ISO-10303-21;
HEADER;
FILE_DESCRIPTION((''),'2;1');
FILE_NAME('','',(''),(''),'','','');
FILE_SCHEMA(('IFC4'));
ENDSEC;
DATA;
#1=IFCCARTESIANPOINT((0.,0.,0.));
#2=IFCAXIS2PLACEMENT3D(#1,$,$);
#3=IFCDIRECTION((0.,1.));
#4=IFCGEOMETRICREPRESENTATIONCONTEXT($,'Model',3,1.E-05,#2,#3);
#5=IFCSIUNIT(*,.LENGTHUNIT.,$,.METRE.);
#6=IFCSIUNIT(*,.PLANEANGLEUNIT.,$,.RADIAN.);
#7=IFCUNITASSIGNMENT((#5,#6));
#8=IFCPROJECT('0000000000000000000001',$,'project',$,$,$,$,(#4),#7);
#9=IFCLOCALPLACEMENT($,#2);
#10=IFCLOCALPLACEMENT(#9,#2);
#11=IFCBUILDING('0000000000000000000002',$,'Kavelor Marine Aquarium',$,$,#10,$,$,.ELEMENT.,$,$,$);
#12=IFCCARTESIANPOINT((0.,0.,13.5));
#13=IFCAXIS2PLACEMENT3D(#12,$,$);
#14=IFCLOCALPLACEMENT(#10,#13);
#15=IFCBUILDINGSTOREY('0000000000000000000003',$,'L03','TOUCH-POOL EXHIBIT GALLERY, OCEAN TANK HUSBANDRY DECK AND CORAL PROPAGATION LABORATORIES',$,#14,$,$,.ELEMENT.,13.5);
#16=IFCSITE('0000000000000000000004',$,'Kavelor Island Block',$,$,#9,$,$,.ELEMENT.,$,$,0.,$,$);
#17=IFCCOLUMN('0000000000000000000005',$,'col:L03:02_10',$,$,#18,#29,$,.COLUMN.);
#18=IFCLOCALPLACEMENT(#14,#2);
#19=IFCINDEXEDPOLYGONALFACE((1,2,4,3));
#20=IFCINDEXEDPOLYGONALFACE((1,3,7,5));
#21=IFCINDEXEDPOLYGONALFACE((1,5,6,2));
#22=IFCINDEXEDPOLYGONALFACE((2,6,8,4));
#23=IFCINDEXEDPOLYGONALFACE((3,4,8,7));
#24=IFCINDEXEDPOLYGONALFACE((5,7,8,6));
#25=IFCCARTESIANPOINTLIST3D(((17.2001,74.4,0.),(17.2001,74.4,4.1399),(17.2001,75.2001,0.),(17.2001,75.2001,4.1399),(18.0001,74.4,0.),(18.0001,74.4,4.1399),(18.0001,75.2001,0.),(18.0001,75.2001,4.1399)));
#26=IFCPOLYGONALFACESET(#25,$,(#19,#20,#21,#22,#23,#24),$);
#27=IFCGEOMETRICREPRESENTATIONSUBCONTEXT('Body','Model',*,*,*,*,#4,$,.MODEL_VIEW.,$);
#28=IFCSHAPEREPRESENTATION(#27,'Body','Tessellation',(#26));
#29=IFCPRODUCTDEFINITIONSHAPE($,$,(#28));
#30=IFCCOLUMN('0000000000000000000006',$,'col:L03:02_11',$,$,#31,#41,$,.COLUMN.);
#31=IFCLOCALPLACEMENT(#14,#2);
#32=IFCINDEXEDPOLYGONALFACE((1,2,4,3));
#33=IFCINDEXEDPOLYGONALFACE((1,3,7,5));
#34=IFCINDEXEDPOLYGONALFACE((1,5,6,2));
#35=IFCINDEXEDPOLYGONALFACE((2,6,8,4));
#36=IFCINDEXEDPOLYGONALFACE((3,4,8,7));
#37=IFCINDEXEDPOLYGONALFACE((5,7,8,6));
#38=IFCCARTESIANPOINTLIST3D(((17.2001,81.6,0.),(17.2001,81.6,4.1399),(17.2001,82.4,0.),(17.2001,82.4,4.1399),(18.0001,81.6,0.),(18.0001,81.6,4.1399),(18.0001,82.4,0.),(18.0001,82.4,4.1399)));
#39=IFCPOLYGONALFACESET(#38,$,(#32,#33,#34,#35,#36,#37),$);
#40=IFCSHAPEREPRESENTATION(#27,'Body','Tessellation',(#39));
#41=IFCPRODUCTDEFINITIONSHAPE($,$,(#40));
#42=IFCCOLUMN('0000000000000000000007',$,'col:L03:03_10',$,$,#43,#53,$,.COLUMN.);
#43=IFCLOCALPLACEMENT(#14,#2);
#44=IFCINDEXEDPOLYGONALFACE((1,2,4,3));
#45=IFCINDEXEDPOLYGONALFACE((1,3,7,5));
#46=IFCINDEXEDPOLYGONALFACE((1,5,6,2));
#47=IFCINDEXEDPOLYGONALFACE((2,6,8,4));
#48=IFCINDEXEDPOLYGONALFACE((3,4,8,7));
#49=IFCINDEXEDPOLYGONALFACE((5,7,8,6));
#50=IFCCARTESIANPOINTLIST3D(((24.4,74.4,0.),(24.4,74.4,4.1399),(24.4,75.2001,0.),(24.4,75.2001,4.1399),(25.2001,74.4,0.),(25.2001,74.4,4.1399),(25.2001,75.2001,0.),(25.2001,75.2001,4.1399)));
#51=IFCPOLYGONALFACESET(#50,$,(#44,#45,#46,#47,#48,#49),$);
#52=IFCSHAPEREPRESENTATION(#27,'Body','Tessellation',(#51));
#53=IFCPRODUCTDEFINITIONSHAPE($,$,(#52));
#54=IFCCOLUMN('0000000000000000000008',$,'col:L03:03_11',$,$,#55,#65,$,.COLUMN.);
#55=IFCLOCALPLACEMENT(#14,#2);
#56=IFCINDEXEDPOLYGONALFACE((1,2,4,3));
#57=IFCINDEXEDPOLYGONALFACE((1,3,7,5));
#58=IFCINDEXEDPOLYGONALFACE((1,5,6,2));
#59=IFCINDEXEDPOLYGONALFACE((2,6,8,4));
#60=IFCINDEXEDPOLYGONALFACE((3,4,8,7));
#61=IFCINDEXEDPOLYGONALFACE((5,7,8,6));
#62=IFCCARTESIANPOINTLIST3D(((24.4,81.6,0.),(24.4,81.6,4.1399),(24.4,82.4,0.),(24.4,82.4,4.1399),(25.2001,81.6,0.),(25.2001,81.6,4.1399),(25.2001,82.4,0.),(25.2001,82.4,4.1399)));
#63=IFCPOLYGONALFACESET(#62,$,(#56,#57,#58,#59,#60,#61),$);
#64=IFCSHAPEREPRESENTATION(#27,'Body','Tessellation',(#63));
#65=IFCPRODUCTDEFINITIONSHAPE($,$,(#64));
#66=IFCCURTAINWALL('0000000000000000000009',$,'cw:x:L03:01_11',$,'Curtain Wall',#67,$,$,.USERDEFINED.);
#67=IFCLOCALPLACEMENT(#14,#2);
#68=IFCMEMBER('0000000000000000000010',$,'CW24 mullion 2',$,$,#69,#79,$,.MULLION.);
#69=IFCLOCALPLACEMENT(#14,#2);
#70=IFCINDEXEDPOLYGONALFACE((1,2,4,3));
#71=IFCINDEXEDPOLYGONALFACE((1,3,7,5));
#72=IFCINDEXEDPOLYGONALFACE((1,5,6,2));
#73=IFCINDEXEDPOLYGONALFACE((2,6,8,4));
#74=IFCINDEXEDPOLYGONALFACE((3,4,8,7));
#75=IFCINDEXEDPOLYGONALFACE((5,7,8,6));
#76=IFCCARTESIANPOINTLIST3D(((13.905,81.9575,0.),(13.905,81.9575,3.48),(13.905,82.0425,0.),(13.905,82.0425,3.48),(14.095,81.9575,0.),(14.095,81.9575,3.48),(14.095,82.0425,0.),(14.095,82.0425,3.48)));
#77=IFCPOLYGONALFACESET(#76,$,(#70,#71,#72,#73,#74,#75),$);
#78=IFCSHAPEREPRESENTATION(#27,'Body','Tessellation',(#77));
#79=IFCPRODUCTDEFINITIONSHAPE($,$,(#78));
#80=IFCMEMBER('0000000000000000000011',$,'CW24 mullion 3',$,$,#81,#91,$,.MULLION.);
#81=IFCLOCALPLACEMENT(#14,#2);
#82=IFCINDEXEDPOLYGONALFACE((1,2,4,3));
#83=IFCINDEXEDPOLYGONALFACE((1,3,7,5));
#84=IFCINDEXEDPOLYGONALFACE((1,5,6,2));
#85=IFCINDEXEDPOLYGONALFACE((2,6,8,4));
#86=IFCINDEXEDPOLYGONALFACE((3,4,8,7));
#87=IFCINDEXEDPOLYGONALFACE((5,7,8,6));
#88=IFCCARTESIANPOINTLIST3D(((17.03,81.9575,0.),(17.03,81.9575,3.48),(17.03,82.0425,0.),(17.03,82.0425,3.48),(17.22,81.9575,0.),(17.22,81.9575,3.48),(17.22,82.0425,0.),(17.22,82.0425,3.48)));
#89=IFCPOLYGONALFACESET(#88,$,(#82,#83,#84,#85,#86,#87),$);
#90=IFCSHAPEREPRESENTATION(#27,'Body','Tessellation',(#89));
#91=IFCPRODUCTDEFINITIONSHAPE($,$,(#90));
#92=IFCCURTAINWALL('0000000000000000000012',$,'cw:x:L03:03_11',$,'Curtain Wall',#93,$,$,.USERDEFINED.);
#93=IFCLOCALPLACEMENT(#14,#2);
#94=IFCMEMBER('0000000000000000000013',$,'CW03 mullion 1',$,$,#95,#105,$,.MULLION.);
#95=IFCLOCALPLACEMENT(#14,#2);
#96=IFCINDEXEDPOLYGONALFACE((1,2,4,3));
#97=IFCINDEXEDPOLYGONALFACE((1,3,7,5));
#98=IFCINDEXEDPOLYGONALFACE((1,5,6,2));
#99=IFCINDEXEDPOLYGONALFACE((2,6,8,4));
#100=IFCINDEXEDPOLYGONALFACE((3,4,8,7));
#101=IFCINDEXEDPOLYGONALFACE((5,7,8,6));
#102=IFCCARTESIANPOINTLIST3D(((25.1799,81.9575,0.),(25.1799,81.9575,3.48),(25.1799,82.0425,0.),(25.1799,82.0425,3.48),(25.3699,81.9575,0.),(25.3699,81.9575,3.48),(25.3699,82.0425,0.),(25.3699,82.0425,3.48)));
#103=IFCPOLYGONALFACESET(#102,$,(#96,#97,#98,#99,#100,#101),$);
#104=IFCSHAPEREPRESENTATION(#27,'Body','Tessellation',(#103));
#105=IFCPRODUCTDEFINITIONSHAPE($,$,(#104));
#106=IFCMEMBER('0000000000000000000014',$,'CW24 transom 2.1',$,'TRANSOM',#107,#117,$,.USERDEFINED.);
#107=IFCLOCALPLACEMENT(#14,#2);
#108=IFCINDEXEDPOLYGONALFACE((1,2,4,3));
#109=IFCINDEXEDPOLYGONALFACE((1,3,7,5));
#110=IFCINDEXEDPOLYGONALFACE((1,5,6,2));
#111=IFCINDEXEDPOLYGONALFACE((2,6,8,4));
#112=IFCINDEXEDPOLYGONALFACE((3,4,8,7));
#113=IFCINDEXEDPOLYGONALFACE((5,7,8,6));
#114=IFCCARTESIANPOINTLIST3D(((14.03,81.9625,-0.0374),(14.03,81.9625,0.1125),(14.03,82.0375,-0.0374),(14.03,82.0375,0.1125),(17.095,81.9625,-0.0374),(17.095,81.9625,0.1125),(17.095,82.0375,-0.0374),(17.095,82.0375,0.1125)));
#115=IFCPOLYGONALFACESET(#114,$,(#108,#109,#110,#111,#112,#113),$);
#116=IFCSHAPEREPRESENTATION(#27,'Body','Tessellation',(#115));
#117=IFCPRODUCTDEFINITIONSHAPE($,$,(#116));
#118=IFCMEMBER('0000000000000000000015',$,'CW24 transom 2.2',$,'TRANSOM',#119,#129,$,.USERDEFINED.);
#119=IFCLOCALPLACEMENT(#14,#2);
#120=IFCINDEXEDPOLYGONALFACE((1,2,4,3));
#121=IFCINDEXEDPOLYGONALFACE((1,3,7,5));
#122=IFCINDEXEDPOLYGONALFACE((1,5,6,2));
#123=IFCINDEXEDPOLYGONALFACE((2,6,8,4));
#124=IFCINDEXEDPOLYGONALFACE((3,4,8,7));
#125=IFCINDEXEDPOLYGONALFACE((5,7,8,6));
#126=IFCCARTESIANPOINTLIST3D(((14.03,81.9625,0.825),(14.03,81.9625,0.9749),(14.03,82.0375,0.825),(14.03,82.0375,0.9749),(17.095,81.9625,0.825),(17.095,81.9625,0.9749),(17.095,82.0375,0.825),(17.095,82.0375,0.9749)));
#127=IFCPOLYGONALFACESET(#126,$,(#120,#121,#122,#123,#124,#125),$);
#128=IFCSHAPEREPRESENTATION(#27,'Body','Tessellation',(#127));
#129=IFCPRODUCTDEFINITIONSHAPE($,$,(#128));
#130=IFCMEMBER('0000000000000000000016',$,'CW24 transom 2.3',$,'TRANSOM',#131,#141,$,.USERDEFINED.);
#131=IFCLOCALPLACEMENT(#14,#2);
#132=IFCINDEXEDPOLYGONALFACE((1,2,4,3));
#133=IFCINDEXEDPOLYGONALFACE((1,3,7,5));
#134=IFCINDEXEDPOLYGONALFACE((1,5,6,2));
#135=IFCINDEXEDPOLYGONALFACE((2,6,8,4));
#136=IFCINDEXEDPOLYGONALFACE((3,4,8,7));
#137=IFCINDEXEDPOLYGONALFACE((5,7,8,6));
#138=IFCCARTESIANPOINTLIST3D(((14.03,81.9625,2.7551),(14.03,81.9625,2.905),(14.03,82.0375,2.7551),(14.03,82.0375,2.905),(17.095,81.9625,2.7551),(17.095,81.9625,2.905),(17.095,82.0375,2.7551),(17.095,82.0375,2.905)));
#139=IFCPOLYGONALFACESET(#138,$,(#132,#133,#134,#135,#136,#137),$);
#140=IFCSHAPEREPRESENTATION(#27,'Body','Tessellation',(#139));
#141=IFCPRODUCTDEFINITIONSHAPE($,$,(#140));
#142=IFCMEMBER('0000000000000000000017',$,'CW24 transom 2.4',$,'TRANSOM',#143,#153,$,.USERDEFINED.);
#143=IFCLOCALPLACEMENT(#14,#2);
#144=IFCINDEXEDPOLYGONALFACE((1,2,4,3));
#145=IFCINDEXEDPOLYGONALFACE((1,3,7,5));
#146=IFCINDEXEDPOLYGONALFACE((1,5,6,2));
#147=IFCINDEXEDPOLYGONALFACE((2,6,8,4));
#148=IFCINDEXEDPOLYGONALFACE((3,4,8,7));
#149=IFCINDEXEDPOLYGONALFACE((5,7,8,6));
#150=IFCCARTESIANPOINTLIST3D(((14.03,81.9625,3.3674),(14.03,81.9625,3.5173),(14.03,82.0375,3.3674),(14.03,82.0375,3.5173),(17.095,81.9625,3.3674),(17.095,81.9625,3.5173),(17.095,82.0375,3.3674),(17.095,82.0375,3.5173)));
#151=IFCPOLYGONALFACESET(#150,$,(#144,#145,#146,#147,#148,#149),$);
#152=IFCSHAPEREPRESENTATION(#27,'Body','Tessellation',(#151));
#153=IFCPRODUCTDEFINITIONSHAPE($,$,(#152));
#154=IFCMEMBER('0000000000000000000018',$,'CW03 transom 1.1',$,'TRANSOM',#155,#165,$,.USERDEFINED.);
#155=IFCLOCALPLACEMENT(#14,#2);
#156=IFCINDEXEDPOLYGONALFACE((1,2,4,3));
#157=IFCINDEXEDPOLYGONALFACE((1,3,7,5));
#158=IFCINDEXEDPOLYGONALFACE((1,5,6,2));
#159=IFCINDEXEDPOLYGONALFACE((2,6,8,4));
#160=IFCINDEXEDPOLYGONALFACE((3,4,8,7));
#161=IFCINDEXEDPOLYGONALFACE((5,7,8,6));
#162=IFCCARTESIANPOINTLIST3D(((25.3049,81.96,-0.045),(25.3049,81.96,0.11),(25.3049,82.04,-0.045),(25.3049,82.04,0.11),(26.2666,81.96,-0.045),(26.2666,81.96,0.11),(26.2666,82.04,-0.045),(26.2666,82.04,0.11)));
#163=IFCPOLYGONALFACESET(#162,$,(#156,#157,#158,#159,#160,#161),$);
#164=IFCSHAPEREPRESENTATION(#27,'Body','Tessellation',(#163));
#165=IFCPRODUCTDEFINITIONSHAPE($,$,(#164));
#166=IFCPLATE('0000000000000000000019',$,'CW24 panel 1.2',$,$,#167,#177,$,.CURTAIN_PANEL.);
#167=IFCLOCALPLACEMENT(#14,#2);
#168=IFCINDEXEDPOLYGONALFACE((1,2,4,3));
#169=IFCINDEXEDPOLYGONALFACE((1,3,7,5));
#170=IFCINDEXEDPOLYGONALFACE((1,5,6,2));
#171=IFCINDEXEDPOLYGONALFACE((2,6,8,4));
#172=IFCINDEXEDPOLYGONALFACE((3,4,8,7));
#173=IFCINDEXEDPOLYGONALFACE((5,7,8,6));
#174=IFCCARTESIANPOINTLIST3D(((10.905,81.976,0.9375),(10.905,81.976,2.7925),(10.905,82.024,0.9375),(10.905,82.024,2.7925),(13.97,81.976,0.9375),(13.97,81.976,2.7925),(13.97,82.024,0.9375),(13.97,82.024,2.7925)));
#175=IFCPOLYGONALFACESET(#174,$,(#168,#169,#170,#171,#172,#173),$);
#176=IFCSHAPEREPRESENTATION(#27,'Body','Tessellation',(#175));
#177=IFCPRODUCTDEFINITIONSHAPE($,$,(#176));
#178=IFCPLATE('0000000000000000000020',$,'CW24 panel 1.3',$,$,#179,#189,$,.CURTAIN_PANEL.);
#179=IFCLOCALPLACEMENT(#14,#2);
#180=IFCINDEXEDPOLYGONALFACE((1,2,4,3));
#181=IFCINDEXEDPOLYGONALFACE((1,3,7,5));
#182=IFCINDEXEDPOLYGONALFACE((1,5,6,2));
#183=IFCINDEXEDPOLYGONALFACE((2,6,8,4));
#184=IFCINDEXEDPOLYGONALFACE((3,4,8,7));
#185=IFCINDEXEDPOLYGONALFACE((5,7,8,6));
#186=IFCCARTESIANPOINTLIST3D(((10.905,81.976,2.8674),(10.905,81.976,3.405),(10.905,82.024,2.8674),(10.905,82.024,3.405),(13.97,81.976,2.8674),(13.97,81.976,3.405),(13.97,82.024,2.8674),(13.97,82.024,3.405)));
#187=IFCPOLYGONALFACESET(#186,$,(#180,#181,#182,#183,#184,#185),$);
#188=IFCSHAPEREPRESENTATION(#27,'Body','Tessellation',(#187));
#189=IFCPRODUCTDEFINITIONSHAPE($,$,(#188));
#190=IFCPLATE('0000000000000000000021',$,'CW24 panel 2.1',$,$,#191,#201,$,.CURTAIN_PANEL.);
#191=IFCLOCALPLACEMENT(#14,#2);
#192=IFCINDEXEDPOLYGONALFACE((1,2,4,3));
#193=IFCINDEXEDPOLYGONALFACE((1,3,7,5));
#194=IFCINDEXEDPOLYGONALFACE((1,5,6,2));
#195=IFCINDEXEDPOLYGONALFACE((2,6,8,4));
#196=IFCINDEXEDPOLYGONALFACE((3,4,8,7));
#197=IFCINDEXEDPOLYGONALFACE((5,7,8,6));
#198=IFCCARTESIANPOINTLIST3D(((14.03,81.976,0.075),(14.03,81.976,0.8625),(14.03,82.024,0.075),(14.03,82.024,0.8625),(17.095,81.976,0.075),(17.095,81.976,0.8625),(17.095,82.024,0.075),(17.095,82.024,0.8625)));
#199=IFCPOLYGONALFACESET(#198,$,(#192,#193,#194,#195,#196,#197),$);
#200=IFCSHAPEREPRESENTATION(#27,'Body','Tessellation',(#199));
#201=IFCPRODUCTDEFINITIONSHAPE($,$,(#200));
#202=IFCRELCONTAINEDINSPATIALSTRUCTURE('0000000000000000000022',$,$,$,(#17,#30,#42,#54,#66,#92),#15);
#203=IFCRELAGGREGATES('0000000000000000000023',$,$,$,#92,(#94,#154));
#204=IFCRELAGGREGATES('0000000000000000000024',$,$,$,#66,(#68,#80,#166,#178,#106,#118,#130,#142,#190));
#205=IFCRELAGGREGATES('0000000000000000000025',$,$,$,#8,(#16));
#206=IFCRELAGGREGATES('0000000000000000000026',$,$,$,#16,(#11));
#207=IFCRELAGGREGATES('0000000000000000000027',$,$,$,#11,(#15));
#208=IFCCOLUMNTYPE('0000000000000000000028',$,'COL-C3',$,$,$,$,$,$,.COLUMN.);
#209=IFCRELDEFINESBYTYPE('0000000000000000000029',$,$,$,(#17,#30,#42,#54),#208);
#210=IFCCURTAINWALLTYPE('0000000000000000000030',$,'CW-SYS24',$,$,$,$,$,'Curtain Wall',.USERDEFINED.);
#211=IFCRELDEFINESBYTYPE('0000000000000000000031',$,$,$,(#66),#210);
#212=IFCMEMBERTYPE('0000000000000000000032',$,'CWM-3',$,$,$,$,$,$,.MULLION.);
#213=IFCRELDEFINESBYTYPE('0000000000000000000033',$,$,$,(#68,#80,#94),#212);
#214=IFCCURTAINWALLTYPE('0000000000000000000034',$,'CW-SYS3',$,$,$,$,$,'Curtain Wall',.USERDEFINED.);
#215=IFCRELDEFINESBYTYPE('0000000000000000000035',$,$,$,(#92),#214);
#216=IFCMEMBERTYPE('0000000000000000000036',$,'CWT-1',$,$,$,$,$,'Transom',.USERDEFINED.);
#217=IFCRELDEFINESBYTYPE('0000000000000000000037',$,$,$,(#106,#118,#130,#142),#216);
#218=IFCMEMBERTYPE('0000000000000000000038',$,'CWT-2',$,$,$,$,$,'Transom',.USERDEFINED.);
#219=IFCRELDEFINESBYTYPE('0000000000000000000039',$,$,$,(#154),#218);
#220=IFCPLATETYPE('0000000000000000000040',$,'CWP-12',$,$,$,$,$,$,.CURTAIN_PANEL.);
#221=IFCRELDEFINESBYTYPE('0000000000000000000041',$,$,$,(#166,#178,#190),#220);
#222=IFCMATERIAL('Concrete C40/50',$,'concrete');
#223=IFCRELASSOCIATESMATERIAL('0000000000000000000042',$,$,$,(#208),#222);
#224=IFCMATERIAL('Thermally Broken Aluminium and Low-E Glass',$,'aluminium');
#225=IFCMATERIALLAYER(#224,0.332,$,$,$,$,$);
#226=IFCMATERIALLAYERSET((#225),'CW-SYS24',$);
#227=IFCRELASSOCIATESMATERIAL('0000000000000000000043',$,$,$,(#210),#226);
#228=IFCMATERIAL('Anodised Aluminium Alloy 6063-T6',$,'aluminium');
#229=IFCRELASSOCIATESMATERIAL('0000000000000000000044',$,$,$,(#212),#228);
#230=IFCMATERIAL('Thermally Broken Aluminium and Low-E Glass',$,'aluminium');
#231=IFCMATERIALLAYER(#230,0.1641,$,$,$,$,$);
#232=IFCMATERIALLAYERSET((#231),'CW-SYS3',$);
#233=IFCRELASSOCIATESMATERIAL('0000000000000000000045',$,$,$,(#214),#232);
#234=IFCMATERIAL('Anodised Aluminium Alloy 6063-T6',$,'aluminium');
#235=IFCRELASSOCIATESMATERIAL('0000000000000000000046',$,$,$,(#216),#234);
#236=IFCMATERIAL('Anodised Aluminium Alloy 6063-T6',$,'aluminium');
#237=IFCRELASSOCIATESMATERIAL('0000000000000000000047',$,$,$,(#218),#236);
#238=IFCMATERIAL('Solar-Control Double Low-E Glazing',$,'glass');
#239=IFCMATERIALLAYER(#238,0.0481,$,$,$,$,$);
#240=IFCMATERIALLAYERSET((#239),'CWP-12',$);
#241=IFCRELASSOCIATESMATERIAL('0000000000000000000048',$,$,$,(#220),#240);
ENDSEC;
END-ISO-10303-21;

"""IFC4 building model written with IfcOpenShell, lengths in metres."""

from ifc_helpers import new_model, si_unit, direction, frame, origin, origin_2d, place, context, subcontext, project, spatial, rectangle, extrude, material, layer, layer_set, material_profile, profile_set, type_object, element, aggregate, save


model = new_model("IFC4")

# Units and contexts
model_context = context("Model", 3, precision=1e-05, world=origin(), true_north=direction((0.0, 1.0)))
body_context = subcontext(model_context, "Body", "Model", "MODEL_VIEW")
ifc_project = project(units=[si_unit("LENGTHUNIT", "METRE"), si_unit("PLANEANGLEUNIT", "RADIAN")], contexts=[model_context])

# Site, building, storey
site_placement = place(None, origin())
site = spatial("IfcSite", under=ifc_project, at=site_placement, Name="Kavelor Island Block", CompositionType="ELEMENT", RefElevation=0.0)
building_placement = place(site_placement, origin())
building = spatial("IfcBuilding", under=site, at=building_placement, Name="Kavelor Marine Aquarium", CompositionType="ELEMENT")
storey_placement = place(building_placement, frame((0.0, 0.0, 13.5)))
storey = spatial("IfcBuildingStorey", under=building, at=storey_placement, Name="L03", Description="TOUCH-POOL EXHIBIT GALLERY, OCEAN TANK HUSBANDRY DECK AND CORAL PROPAGATION LABORATORIES", CompositionType="ELEMENT", Elevation=13.5)

# Columns
ifc_material_1 = material(Name="Concrete C40/50", Category="concrete")
ifc_material_profile_1 = material_profile(ifc_material_1, rectangle(XDim=0.8, YDim=0.8, at=origin_2d()), Name="RC-COL 800x800")
ifc_profile_set_1 = profile_set([ifc_material_profile_1], Name="Concrete C40/50")
column_type = type_object("IfcColumnType", Name="COL-C3", PredefinedType="COLUMN", material=ifc_profile_set_1)
for number, where, z_axis, x_axis, name in (
    (1, (17.6001, 74.8, 0.0), (0.0, 0.0, 1.0), (1.0, 0.0, 0.0), "col:L03:02_10"),
    (2, (17.6001, 82.0, 0.0), (0.0, 0.0, 1.0), (1.0, 0.0, 0.0), "col:L03:02_11"),
    (3, (24.8, 74.8, 0.0), (0.0, 0.0, 1.0), (1.0, 0.0, 0.0), "col:L03:03_10"),
    (4, (24.8, 82.0, 0.0), (0.0, 0.0, 1.0), (1.0, 0.0, 0.0), "col:L03:03_11"),
):
    element("IfcColumn", number, at=place(storey_placement, frame(where, z_axis=z_axis, x_axis=x_axis)), inside=storey, type_object=column_type, Name=name, PredefinedType="COLUMN", context=body_context, shape_type="SweptSolid", body=[
        extrude(rectangle(XDim=0.8, YDim=0.8, at=origin_2d()), origin(), (0.0, 0.0, 1.0), 4.1399),
    ])

# Curtain wall, members
ifc_material_2 = material(Name="Thermally Broken Aluminium and Low-E Glass", Category="aluminium")
ifc_layer_1 = layer(ifc_material_2, 0.332)
ifc_layer_set_1 = layer_set([ifc_layer_1], Name="CW-SYS24")
curtain_wall_type_1 = type_object("IfcCurtainWallType", Name="CW-SYS24", ElementType="Curtain Wall", PredefinedType="USERDEFINED", material=ifc_layer_set_1)
curtain_wall_1_placement = place(storey_placement, origin())
curtain_wall_1 = element("IfcCurtainWall", 5, at=curtain_wall_1_placement, inside=storey, type_object=curtain_wall_type_1, Name="cw:x:L03:01_11", ObjectType="Curtain Wall", PredefinedType="USERDEFINED")
ifc_material_3 = material(Name="Anodised Aluminium Alloy 6063-T6", Category="aluminium")
ifc_material_profile_2 = material_profile(ifc_material_3, rectangle(XDim=0.085, YDim=0.1899, at=origin_2d()), Name="CW-MUL 85x190")
ifc_profile_set_2 = profile_set([ifc_material_profile_2], Name="Anodised Aluminium Alloy 6063-T6")
member_type_1 = type_object("IfcMemberType", Name="CWM-3", PredefinedType="MULLION", material=ifc_profile_set_2)
member_1_placement = place(storey_placement, frame((14.0, 82.0, 0.0), z_axis=(0.0, 0.0, 1.0), x_axis=(0.0, 1.0, 0.0)))
member_1 = element("IfcMember", 6, at=member_1_placement, type_object=member_type_1, Name="CW24 mullion 2", PredefinedType="MULLION", context=body_context, shape_type="SweptSolid", body=[
    extrude(rectangle(XDim=0.085, YDim=0.1899, at=origin_2d()), origin(), (0.0, 0.0, 1.0), 3.48),
])
member_2_placement = place(storey_placement, frame((17.125, 82.0, 0.0), z_axis=(0.0, 0.0, 1.0), x_axis=(0.0, 1.0, 0.0)))
member_2 = element("IfcMember", 7, at=member_2_placement, type_object=member_type_1, Name="CW24 mullion 3", PredefinedType="MULLION", context=body_context, shape_type="SweptSolid", body=[
    extrude(rectangle(XDim=0.085, YDim=0.1899, at=origin_2d()), origin(), (0.0, 0.0, 1.0), 3.48),
])

# Curtain wall, member
ifc_material_4 = material(Name="Thermally Broken Aluminium and Low-E Glass", Category="aluminium")
ifc_layer_2 = layer(ifc_material_4, 0.1641)
ifc_layer_set_2 = layer_set([ifc_layer_2], Name="CW-SYS3")
curtain_wall_type_2 = type_object("IfcCurtainWallType", Name="CW-SYS3", ElementType="Curtain Wall", PredefinedType="USERDEFINED", material=ifc_layer_set_2)
curtain_wall_2_placement = place(storey_placement, origin())
curtain_wall_2 = element("IfcCurtainWall", 8, at=curtain_wall_2_placement, inside=storey, type_object=curtain_wall_type_2, Name="cw:x:L03:03_11", ObjectType="Curtain Wall", PredefinedType="USERDEFINED")
member_3_placement = place(storey_placement, frame((25.2749, 82.0, 0.0), z_axis=(0.0, 0.0, 1.0), x_axis=(0.0, 1.0, 0.0)))
member_3 = element("IfcMember", 9, at=member_3_placement, type_object=member_type_1, Name="CW03 mullion 1", PredefinedType="MULLION", context=body_context, shape_type="SweptSolid", body=[
    extrude(rectangle(XDim=0.085, YDim=0.1899, at=origin_2d()), origin(), (0.0, 0.0, 1.0), 3.48),
])

# Members
ifc_material_5 = material(Name="Anodised Aluminium Alloy 6063-T6", Category="aluminium")
ifc_material_profile_3 = material_profile(ifc_material_5, rectangle(XDim=0.075, YDim=0.1499, at=origin_2d()), Name="CW-TRN 75x150")
ifc_profile_set_3 = profile_set([ifc_material_profile_3], Name="Anodised Aluminium Alloy 6063-T6")
member_type_2 = type_object("IfcMemberType", Name="CWT-1", ElementType="Transom", PredefinedType="USERDEFINED", material=ifc_profile_set_3)
member_4_placement = place(storey_placement, frame((14.03, 82.0, 0.0376), z_axis=(1.0, 0.0, 0.0), x_axis=(0.0, 1.0, 0.0)))
member_4 = element("IfcMember", 10, at=member_4_placement, type_object=member_type_2, Name="CW24 transom 2.1", ObjectType="TRANSOM", PredefinedType="USERDEFINED", context=body_context, shape_type="SweptSolid", body=[
    extrude(rectangle(XDim=0.075, YDim=0.1499, at=origin_2d()), origin(), (0.0, 0.0, 1.0), 3.0649),
])
member_5_placement = place(storey_placement, frame((14.03, 82.0, 0.8999), z_axis=(1.0, 0.0, 0.0), x_axis=(0.0, 1.0, 0.0)))
member_5 = element("IfcMember", 11, at=member_5_placement, type_object=member_type_2, Name="CW24 transom 2.2", ObjectType="TRANSOM", PredefinedType="USERDEFINED", context=body_context, shape_type="SweptSolid", body=[
    extrude(rectangle(XDim=0.075, YDim=0.1499, at=origin_2d()), origin(), (0.0, 0.0, 1.0), 3.0649),
])
member_6_placement = place(storey_placement, frame((14.03, 82.0, 2.8301), z_axis=(1.0, 0.0, 0.0), x_axis=(0.0, 1.0, 0.0)))
member_6 = element("IfcMember", 12, at=member_6_placement, type_object=member_type_2, Name="CW24 transom 2.3", ObjectType="TRANSOM", PredefinedType="USERDEFINED", context=body_context, shape_type="SweptSolid", body=[
    extrude(rectangle(XDim=0.075, YDim=0.1499, at=origin_2d()), origin(), (0.0, 0.0, 1.0), 3.0649),
])
member_7_placement = place(storey_placement, frame((14.03, 82.0, 3.4424), z_axis=(1.0, 0.0, 0.0), x_axis=(0.0, 1.0, 0.0)))
member_7 = element("IfcMember", 13, at=member_7_placement, type_object=member_type_2, Name="CW24 transom 2.4", ObjectType="TRANSOM", PredefinedType="USERDEFINED", context=body_context, shape_type="SweptSolid", body=[
    extrude(rectangle(XDim=0.075, YDim=0.1499, at=origin_2d()), origin(), (0.0, 0.0, 1.0), 3.0649),
])
ifc_material_6 = material(Name="Anodised Aluminium Alloy 6063-T6", Category="aluminium")
ifc_material_profile_4 = material_profile(ifc_material_6, rectangle(XDim=0.0801, YDim=0.155, at=origin_2d()), Name="CW-TRN 80x155")
ifc_profile_set_4 = profile_set([ifc_material_profile_4], Name="Anodised Aluminium Alloy 6063-T6")
member_type_3 = type_object("IfcMemberType", Name="CWT-2", ElementType="Transom", PredefinedType="USERDEFINED", material=ifc_profile_set_4)
member_8_placement = place(storey_placement, frame((25.3049, 82.0, 0.0325), z_axis=(1.0, 0.0, 0.0), x_axis=(0.0, 1.0, 0.0)))
member_8 = element("IfcMember", 14, at=member_8_placement, type_object=member_type_3, Name="CW03 transom 1.1", ObjectType="TRANSOM", PredefinedType="USERDEFINED", context=body_context, shape_type="SweptSolid", body=[
    extrude(rectangle(XDim=0.0801, YDim=0.155, at=origin_2d()), origin(), (0.0, 0.0, 1.0), 0.9617),
])
aggregate(curtain_wall_2, [member_3, member_8])

# Plates
ifc_material_7 = material(Name="Solar-Control Double Low-E Glazing", Category="glass")
ifc_layer_3 = layer(ifc_material_7, 0.0481)
ifc_layer_set_3 = layer_set([ifc_layer_3], Name="CWP-12")
plate_type = type_object("IfcPlateType", Name="CWP-12", PredefinedType="CURTAIN_PANEL", material=ifc_layer_set_3)
plate_1_placement = place(storey_placement, frame((12.4375, 82.0, 0.9375), z_axis=(0.0, 0.0, 1.0), x_axis=(1.0, 0.0, 0.0)))
plate_1 = element("IfcPlate", 15, at=plate_1_placement, type_object=plate_type, Name="CW24 panel 1.2", PredefinedType="CURTAIN_PANEL", context=body_context, shape_type="SweptSolid", body=[
    extrude(rectangle(XDim=3.0649, YDim=0.0481, at=origin_2d()), origin(), (0.0, 0.0, 1.0), 1.855),
])
plate_2_placement = place(storey_placement, frame((12.4375, 82.0, 2.8674), z_axis=(0.0, 0.0, 1.0), x_axis=(1.0, 0.0, 0.0)))
plate_2 = element("IfcPlate", 16, at=plate_2_placement, type_object=plate_type, Name="CW24 panel 1.3", PredefinedType="CURTAIN_PANEL", context=body_context, shape_type="SweptSolid", body=[
    extrude(rectangle(XDim=3.0649, YDim=0.0481, at=origin_2d()), origin(), (0.0, 0.0, 1.0), 0.5376),
])
plate_3_placement = place(storey_placement, frame((15.5625, 82.0, 0.075), z_axis=(0.0, 0.0, 1.0), x_axis=(1.0, 0.0, 0.0)))
plate_3 = element("IfcPlate", 17, at=plate_3_placement, type_object=plate_type, Name="CW24 panel 2.1", PredefinedType="CURTAIN_PANEL", context=body_context, shape_type="SweptSolid", body=[
    extrude(rectangle(XDim=3.0649, YDim=0.0481, at=origin_2d()), origin(), (0.0, 0.0, 1.0), 0.7876),
])
aggregate(curtain_wall_1, [member_1, member_2, plate_1, plate_2, member_4, member_5, member_6, member_7, plate_3])

save(model, "model.ifc")
